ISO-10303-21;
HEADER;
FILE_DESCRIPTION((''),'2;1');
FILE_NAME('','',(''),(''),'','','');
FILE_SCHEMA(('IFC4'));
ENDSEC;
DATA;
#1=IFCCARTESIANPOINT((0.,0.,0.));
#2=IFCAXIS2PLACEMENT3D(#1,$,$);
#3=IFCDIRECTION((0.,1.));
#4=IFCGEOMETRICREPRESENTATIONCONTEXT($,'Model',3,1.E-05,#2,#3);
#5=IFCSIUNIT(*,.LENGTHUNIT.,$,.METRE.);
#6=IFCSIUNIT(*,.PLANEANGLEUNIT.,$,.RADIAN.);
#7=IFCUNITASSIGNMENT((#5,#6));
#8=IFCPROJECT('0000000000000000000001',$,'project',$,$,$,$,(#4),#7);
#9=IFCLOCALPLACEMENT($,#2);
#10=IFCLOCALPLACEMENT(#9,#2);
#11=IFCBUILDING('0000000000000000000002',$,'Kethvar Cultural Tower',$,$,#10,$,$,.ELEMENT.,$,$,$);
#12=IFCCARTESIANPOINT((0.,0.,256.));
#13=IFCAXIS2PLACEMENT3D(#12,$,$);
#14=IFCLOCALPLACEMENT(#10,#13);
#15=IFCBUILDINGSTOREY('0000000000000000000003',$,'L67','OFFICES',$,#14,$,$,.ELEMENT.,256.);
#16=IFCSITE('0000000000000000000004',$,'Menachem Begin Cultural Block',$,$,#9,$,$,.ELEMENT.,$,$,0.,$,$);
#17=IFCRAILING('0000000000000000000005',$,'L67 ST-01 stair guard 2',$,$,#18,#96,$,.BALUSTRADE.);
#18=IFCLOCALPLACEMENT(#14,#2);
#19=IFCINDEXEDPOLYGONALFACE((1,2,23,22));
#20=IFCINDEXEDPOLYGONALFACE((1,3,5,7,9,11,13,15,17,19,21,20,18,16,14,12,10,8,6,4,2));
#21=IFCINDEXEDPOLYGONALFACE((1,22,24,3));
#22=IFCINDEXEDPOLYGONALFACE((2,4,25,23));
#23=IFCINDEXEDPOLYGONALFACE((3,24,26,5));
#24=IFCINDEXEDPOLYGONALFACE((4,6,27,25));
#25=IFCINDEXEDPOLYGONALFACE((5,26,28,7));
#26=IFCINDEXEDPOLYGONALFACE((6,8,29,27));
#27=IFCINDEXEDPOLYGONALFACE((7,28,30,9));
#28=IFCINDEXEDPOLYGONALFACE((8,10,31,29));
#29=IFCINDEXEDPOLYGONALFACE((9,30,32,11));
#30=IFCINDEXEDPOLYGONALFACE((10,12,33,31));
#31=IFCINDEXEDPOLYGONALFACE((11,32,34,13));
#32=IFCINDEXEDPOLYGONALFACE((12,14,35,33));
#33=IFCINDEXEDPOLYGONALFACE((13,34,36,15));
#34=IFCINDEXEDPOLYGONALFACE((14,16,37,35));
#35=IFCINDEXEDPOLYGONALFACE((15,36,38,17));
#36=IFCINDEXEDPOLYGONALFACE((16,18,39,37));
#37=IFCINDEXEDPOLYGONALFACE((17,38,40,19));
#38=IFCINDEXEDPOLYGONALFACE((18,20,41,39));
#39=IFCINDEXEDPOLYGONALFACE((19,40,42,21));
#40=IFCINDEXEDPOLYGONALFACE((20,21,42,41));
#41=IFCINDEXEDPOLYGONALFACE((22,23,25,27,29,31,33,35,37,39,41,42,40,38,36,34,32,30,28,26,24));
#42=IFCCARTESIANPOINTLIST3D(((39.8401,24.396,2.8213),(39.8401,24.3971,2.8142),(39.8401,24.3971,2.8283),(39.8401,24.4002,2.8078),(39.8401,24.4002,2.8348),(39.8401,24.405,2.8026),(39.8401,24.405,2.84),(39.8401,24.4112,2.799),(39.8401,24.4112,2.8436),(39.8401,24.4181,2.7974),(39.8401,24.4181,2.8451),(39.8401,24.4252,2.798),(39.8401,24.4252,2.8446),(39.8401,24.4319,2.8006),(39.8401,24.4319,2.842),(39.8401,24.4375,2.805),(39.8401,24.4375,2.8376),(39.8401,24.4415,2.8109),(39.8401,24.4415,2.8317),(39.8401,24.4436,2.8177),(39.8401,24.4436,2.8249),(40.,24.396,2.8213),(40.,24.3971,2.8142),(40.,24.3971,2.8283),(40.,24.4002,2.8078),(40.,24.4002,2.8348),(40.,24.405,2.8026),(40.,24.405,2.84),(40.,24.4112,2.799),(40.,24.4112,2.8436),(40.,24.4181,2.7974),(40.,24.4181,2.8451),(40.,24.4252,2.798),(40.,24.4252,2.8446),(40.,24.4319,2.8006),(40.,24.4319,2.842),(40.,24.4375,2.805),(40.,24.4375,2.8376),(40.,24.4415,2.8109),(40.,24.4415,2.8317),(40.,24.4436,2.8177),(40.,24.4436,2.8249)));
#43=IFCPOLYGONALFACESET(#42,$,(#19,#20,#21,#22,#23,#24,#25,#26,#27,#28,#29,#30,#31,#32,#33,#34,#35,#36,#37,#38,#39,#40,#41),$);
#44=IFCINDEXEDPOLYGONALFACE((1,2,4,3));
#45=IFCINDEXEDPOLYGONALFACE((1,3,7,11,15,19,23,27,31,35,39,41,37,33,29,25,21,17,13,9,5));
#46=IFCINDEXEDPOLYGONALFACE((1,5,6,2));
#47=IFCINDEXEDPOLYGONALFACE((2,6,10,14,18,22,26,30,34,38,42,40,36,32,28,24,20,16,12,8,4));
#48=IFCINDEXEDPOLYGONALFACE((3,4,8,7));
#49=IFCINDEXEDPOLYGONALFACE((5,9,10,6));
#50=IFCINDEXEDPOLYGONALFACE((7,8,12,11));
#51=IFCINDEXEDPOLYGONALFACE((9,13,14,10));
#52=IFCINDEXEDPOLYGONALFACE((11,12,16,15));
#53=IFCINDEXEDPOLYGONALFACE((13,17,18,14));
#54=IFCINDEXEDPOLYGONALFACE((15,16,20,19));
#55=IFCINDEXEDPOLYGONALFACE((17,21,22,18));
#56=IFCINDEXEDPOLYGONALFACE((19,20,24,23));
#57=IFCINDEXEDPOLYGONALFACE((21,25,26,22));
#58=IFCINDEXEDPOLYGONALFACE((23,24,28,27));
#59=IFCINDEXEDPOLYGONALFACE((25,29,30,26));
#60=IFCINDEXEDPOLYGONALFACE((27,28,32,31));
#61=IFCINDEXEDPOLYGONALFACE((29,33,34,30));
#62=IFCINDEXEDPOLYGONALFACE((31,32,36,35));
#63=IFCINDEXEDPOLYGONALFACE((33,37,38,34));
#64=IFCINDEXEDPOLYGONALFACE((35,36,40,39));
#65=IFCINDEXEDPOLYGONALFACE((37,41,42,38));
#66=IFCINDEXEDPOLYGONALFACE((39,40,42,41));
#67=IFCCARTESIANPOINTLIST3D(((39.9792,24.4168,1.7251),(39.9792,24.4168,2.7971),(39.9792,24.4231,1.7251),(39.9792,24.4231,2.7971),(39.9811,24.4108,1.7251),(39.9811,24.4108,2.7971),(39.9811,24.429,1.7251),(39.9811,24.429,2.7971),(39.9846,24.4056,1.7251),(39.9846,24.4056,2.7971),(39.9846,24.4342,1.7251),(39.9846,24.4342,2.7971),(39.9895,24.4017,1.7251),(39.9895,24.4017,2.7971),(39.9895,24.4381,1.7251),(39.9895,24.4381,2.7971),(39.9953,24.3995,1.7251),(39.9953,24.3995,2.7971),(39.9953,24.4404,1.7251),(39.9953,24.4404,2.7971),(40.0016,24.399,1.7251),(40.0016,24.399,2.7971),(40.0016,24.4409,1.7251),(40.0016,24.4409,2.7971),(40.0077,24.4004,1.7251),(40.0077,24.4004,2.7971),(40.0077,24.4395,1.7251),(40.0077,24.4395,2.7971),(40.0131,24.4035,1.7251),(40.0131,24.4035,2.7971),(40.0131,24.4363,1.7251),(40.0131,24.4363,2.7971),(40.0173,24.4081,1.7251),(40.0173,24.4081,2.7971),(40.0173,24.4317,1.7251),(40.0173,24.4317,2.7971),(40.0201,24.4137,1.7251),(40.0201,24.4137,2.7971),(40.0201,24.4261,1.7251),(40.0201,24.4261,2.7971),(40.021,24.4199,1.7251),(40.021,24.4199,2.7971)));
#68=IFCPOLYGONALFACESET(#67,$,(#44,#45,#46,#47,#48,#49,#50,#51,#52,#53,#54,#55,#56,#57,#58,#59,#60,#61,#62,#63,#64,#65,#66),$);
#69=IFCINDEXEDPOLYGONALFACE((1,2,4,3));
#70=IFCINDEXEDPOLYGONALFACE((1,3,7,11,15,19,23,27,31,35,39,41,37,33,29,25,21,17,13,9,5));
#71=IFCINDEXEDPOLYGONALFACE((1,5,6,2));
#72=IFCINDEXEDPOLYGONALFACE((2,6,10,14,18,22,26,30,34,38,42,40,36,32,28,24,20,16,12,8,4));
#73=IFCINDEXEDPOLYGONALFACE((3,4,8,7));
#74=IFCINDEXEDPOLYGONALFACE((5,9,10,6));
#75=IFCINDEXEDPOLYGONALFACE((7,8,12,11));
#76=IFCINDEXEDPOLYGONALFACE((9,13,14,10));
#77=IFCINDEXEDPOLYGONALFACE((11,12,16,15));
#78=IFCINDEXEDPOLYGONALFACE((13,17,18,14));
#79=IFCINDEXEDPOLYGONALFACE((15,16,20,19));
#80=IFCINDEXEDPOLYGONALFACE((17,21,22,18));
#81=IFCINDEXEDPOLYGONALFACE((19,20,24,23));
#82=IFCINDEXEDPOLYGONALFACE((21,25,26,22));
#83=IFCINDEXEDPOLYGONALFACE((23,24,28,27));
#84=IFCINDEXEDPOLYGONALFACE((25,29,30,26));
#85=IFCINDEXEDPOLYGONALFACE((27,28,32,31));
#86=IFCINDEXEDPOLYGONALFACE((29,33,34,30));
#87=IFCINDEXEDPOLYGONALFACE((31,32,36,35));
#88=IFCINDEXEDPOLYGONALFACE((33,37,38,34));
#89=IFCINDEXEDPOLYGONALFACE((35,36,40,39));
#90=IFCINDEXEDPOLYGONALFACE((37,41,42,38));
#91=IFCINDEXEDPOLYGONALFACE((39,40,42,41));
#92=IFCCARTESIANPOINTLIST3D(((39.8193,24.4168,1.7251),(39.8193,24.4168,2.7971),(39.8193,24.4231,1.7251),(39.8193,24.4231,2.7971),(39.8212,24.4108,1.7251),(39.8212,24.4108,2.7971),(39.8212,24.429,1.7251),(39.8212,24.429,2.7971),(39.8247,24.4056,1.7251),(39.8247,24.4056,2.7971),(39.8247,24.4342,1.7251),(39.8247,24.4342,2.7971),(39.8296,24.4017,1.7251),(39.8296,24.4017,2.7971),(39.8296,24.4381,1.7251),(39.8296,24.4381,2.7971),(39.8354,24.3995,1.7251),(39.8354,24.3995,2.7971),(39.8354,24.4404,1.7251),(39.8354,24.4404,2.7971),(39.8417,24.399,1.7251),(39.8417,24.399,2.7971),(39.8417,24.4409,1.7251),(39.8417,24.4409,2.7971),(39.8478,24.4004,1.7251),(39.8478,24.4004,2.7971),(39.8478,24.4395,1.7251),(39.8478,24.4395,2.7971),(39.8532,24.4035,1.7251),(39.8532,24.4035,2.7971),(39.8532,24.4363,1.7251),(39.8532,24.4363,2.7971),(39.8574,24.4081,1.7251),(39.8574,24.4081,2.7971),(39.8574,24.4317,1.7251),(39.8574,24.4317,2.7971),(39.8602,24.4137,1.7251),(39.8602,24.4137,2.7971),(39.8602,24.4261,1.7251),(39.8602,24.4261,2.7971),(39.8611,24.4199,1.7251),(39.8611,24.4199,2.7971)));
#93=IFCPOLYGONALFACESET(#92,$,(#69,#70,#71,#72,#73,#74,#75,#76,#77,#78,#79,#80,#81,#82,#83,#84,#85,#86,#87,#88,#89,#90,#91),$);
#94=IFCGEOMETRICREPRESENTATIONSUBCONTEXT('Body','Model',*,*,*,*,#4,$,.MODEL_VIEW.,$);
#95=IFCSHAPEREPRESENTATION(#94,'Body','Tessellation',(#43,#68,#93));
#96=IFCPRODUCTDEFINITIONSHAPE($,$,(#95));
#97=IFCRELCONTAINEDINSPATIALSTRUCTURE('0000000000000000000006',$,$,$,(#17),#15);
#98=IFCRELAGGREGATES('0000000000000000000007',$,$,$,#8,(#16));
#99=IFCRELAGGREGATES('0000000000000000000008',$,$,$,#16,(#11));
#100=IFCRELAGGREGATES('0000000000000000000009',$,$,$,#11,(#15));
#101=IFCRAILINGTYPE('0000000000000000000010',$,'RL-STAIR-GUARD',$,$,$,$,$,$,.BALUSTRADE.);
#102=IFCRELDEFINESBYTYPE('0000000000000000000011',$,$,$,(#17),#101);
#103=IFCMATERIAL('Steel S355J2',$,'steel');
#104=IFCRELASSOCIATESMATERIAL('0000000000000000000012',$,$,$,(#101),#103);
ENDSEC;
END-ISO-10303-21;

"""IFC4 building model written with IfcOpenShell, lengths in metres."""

from ifc_helpers import new_model, si_unit, direction, frame, origin, origin_2d, place, context, subcontext, project, spatial, circle, extrude, material, type_object, element, save


model = new_model("IFC4")

# Units and contexts
model_context = context("Model", 3, precision=1e-05, world=origin(), true_north=direction((0.0, 1.0)))
body_context = subcontext(model_context, "Body", "Model", "MODEL_VIEW")
ifc_project = project(units=[si_unit("LENGTHUNIT", "METRE"), si_unit("PLANEANGLEUNIT", "RADIAN")], contexts=[model_context])

# Site, building, storey
site_placement = place(None, origin())
site = spatial("IfcSite", under=ifc_project, at=site_placement, Name="Menachem Begin Cultural Block", CompositionType="ELEMENT", RefElevation=0.0)
building_placement = place(site_placement, origin())
building = spatial("IfcBuilding", under=site, at=building_placement, Name="Kethvar Cultural Tower", CompositionType="ELEMENT")
storey_placement = place(building_placement, frame((0.0, 0.0, 256.0)))
storey = spatial("IfcBuildingStorey", under=building, at=storey_placement, Name="L67", Description="OFFICES", CompositionType="ELEMENT", Elevation=256.0)

# Shared definitions
ifc_material_1 = material(Name="Steel S355J2", Category="steel")

# Railing
railing_type_1 = type_object("IfcRailingType", Name="RL-STAIR-GUARD", PredefinedType="BALUSTRADE", material=ifc_material_1)
railing_1_placement = place(storey_placement, frame((40.0, 24.4199, 1.7251)))
element("IfcRailing", 1, at=railing_1_placement, inside=storey, type_object=railing_type_1, Name="L67 ST-01 stair guard 2", PredefinedType="BALUSTRADE", context=body_context, shape_type="SweptSolid", body=[
    extrude(circle(Radius=0.0239, at=origin_2d()), frame((0.0, 0.0, 1.0962), z_axis=(-1.0, 0.0, 0.0), x_axis=(0.0, -1.0, 0.0)), (0.0, 0.0, 1.0), 0.1599),
    extrude(circle(Radius=0.021, at=origin_2d()), origin(), (0.0, 0.0, 1.0), 1.072),
    extrude(circle(Radius=0.021, at=origin_2d()), frame((-0.1599, 0.0, 0.0)), (0.0, 0.0, 1.0), 1.072),
])

save(model, "model.ifc")
